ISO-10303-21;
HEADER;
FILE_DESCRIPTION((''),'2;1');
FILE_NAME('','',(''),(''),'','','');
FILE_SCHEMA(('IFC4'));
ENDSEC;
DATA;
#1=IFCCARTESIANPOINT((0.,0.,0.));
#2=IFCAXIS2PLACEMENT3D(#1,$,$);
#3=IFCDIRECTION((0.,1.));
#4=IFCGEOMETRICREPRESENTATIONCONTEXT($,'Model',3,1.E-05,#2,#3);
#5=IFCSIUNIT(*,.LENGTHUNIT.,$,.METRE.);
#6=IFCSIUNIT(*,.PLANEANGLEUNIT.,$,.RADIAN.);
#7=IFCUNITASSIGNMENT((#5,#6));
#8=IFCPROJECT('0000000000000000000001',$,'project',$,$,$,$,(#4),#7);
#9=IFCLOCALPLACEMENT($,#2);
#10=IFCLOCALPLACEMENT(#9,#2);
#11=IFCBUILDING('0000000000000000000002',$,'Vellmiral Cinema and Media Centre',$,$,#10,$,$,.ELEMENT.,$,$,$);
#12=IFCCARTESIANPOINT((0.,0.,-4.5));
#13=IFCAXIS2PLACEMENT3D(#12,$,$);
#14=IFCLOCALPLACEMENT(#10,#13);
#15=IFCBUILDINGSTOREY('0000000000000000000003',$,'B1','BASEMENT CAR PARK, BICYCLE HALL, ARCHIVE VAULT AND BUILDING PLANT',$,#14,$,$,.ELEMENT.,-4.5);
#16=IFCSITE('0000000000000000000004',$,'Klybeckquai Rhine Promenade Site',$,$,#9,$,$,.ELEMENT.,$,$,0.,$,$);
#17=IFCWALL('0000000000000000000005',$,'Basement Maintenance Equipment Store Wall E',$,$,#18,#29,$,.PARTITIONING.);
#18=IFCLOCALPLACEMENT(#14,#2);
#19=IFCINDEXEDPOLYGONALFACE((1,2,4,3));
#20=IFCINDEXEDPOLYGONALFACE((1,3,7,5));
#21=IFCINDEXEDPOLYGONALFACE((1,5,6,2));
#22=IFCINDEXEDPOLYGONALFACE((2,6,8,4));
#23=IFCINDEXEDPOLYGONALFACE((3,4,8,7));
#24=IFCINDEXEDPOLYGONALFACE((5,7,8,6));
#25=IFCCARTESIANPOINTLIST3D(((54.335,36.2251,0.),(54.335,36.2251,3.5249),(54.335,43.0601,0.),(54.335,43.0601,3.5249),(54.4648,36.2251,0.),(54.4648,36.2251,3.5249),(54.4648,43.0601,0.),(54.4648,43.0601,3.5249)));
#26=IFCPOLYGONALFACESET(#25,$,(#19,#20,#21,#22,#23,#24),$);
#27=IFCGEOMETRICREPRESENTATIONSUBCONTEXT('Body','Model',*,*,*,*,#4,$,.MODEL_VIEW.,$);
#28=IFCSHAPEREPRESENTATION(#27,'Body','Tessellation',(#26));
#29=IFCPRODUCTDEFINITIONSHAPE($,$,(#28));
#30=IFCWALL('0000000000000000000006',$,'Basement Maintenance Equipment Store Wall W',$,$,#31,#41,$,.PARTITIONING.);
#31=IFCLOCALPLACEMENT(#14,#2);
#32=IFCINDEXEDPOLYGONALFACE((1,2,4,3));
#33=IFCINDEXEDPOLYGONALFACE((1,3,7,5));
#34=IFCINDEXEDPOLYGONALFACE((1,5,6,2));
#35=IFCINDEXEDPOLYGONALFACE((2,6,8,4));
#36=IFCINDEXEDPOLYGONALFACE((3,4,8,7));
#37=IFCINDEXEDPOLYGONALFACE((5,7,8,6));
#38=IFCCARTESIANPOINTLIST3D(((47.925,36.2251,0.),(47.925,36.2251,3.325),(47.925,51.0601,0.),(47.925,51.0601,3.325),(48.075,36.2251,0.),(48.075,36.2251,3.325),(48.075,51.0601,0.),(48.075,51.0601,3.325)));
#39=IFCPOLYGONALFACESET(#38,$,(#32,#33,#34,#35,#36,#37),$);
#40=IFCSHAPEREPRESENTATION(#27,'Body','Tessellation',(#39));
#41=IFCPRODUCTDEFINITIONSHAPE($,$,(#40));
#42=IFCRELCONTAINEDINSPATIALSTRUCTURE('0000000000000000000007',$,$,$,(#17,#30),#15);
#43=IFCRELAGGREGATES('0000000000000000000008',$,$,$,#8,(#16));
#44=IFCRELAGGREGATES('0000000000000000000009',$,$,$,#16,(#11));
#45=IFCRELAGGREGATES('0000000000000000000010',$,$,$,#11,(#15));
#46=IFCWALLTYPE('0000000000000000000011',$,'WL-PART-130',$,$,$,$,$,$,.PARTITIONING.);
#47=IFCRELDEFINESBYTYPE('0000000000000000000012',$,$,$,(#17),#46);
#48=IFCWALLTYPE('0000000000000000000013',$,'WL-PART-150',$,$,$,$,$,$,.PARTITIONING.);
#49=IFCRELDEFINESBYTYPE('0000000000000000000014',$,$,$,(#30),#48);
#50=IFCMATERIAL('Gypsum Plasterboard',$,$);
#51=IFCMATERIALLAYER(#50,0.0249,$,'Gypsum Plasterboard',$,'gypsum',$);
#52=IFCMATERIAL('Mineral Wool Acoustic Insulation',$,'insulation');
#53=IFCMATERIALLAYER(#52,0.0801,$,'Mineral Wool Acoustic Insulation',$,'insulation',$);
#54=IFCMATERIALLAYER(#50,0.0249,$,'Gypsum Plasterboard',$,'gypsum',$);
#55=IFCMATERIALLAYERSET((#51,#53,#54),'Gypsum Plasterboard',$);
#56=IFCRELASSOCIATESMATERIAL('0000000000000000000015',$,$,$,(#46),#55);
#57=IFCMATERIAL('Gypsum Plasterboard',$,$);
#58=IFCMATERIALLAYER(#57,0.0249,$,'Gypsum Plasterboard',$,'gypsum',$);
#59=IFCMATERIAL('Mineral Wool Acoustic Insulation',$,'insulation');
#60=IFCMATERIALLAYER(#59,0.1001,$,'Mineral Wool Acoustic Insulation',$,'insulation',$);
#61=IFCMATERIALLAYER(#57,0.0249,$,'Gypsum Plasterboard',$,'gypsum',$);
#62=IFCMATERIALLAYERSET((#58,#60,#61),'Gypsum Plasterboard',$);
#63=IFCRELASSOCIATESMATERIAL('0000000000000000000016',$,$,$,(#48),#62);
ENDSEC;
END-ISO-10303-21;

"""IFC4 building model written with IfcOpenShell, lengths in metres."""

from ifc_helpers import new_model, si_unit, direction, frame, frame_2d, origin, place, context, subcontext, project, spatial, rectangle, extrude, material, layer, layer_set, type_object, element, save


model = new_model("IFC4")

# Units and contexts
model_context = context("Model", 3, precision=1e-05, world=origin(), true_north=direction((0.0, 1.0)))
body_context = subcontext(model_context, "Body", "Model", "MODEL_VIEW")
ifc_project = project(units=[si_unit("LENGTHUNIT", "METRE"), si_unit("PLANEANGLEUNIT", "RADIAN")], contexts=[model_context])

# Site, building, storey
site_placement = place(None, origin())
site = spatial("IfcSite", under=ifc_project, at=site_placement, Name="Klybeckquai Rhine Promenade Site", CompositionType="ELEMENT", RefElevation=0.0)
building_placement = place(site_placement, origin())
building = spatial("IfcBuilding", under=site, at=building_placement, Name="Vellmiral Cinema and Media Centre", CompositionType="ELEMENT")
storey_placement = place(building_placement, frame((0.0, 0.0, -4.5)))
storey = spatial("IfcBuildingStorey", under=building, at=storey_placement, Name="B1", Description="BASEMENT CAR PARK, BICYCLE HALL, ARCHIVE VAULT AND BUILDING PLANT", CompositionType="ELEMENT", Elevation=-4.5)

# Walls
ifc_material_1 = material(Name="Gypsum Plasterboard")
ifc_layer_1 = layer(ifc_material_1, 0.0249, Name="Gypsum Plasterboard", Category="gypsum")
ifc_material_2 = material(Name="Mineral Wool Acoustic Insulation", Category="insulation")
ifc_layer_2 = layer(ifc_material_2, 0.0801, Name="Mineral Wool Acoustic Insulation", Category="insulation")
ifc_layer_3 = layer(ifc_material_1, 0.0249, Name="Gypsum Plasterboard", Category="gypsum")
ifc_layer_set_1 = layer_set([ifc_layer_1, ifc_layer_2, ifc_layer_3], Name="Gypsum Plasterboard")
wall_type_1 = type_object("IfcWallType", Name="WL-PART-130", PredefinedType="PARTITIONING", material=ifc_layer_set_1)
wall_1_placement = place(storey_placement, frame((54.3999, 36.2251, 0.0), z_axis=(0.0, 0.0, 1.0), x_axis=(0.0, 1.0, 0.0)))
element("IfcWall", 1, at=wall_1_placement, inside=storey, type_object=wall_type_1, Name="Basement Maintenance Equipment Store Wall E", PredefinedType="PARTITIONING", context=body_context, shape_type="SweptSolid", body=[
    extrude(rectangle(XDim=6.835, YDim=0.1299, at=frame_2d((3.4175, 0.0))), origin(), (0.0, 0.0, 1.0), 3.5249),
])
ifc_material_3 = material(Name="Gypsum Plasterboard")
ifc_layer_4 = layer(ifc_material_3, 0.0249, Name="Gypsum Plasterboard", Category="gypsum")
ifc_material_4 = material(Name="Mineral Wool Acoustic Insulation", Category="insulation")
ifc_layer_5 = layer(ifc_material_4, 0.1001, Name="Mineral Wool Acoustic Insulation", Category="insulation")
ifc_layer_6 = layer(ifc_material_3, 0.0249, Name="Gypsum Plasterboard", Category="gypsum")
ifc_layer_set_2 = layer_set([ifc_layer_4, ifc_layer_5, ifc_layer_6], Name="Gypsum Plasterboard")
wall_type_2 = type_object("IfcWallType", Name="WL-PART-150", PredefinedType="PARTITIONING", material=ifc_layer_set_2)
wall_2_placement = place(storey_placement, frame((48.0, 36.2251, 0.0), z_axis=(0.0, 0.0, 1.0), x_axis=(0.0, 1.0, 0.0)))
element("IfcWall", 2, at=wall_2_placement, inside=storey, type_object=wall_type_2, Name="Basement Maintenance Equipment Store Wall W", PredefinedType="PARTITIONING", context=body_context, shape_type="SweptSolid", body=[
    extrude(rectangle(XDim=14.835, YDim=0.1499, at=frame_2d((7.4175, 0.0))), origin(), (0.0, 0.0, 1.0), 3.325),
])

save(model, "model.ifc")
